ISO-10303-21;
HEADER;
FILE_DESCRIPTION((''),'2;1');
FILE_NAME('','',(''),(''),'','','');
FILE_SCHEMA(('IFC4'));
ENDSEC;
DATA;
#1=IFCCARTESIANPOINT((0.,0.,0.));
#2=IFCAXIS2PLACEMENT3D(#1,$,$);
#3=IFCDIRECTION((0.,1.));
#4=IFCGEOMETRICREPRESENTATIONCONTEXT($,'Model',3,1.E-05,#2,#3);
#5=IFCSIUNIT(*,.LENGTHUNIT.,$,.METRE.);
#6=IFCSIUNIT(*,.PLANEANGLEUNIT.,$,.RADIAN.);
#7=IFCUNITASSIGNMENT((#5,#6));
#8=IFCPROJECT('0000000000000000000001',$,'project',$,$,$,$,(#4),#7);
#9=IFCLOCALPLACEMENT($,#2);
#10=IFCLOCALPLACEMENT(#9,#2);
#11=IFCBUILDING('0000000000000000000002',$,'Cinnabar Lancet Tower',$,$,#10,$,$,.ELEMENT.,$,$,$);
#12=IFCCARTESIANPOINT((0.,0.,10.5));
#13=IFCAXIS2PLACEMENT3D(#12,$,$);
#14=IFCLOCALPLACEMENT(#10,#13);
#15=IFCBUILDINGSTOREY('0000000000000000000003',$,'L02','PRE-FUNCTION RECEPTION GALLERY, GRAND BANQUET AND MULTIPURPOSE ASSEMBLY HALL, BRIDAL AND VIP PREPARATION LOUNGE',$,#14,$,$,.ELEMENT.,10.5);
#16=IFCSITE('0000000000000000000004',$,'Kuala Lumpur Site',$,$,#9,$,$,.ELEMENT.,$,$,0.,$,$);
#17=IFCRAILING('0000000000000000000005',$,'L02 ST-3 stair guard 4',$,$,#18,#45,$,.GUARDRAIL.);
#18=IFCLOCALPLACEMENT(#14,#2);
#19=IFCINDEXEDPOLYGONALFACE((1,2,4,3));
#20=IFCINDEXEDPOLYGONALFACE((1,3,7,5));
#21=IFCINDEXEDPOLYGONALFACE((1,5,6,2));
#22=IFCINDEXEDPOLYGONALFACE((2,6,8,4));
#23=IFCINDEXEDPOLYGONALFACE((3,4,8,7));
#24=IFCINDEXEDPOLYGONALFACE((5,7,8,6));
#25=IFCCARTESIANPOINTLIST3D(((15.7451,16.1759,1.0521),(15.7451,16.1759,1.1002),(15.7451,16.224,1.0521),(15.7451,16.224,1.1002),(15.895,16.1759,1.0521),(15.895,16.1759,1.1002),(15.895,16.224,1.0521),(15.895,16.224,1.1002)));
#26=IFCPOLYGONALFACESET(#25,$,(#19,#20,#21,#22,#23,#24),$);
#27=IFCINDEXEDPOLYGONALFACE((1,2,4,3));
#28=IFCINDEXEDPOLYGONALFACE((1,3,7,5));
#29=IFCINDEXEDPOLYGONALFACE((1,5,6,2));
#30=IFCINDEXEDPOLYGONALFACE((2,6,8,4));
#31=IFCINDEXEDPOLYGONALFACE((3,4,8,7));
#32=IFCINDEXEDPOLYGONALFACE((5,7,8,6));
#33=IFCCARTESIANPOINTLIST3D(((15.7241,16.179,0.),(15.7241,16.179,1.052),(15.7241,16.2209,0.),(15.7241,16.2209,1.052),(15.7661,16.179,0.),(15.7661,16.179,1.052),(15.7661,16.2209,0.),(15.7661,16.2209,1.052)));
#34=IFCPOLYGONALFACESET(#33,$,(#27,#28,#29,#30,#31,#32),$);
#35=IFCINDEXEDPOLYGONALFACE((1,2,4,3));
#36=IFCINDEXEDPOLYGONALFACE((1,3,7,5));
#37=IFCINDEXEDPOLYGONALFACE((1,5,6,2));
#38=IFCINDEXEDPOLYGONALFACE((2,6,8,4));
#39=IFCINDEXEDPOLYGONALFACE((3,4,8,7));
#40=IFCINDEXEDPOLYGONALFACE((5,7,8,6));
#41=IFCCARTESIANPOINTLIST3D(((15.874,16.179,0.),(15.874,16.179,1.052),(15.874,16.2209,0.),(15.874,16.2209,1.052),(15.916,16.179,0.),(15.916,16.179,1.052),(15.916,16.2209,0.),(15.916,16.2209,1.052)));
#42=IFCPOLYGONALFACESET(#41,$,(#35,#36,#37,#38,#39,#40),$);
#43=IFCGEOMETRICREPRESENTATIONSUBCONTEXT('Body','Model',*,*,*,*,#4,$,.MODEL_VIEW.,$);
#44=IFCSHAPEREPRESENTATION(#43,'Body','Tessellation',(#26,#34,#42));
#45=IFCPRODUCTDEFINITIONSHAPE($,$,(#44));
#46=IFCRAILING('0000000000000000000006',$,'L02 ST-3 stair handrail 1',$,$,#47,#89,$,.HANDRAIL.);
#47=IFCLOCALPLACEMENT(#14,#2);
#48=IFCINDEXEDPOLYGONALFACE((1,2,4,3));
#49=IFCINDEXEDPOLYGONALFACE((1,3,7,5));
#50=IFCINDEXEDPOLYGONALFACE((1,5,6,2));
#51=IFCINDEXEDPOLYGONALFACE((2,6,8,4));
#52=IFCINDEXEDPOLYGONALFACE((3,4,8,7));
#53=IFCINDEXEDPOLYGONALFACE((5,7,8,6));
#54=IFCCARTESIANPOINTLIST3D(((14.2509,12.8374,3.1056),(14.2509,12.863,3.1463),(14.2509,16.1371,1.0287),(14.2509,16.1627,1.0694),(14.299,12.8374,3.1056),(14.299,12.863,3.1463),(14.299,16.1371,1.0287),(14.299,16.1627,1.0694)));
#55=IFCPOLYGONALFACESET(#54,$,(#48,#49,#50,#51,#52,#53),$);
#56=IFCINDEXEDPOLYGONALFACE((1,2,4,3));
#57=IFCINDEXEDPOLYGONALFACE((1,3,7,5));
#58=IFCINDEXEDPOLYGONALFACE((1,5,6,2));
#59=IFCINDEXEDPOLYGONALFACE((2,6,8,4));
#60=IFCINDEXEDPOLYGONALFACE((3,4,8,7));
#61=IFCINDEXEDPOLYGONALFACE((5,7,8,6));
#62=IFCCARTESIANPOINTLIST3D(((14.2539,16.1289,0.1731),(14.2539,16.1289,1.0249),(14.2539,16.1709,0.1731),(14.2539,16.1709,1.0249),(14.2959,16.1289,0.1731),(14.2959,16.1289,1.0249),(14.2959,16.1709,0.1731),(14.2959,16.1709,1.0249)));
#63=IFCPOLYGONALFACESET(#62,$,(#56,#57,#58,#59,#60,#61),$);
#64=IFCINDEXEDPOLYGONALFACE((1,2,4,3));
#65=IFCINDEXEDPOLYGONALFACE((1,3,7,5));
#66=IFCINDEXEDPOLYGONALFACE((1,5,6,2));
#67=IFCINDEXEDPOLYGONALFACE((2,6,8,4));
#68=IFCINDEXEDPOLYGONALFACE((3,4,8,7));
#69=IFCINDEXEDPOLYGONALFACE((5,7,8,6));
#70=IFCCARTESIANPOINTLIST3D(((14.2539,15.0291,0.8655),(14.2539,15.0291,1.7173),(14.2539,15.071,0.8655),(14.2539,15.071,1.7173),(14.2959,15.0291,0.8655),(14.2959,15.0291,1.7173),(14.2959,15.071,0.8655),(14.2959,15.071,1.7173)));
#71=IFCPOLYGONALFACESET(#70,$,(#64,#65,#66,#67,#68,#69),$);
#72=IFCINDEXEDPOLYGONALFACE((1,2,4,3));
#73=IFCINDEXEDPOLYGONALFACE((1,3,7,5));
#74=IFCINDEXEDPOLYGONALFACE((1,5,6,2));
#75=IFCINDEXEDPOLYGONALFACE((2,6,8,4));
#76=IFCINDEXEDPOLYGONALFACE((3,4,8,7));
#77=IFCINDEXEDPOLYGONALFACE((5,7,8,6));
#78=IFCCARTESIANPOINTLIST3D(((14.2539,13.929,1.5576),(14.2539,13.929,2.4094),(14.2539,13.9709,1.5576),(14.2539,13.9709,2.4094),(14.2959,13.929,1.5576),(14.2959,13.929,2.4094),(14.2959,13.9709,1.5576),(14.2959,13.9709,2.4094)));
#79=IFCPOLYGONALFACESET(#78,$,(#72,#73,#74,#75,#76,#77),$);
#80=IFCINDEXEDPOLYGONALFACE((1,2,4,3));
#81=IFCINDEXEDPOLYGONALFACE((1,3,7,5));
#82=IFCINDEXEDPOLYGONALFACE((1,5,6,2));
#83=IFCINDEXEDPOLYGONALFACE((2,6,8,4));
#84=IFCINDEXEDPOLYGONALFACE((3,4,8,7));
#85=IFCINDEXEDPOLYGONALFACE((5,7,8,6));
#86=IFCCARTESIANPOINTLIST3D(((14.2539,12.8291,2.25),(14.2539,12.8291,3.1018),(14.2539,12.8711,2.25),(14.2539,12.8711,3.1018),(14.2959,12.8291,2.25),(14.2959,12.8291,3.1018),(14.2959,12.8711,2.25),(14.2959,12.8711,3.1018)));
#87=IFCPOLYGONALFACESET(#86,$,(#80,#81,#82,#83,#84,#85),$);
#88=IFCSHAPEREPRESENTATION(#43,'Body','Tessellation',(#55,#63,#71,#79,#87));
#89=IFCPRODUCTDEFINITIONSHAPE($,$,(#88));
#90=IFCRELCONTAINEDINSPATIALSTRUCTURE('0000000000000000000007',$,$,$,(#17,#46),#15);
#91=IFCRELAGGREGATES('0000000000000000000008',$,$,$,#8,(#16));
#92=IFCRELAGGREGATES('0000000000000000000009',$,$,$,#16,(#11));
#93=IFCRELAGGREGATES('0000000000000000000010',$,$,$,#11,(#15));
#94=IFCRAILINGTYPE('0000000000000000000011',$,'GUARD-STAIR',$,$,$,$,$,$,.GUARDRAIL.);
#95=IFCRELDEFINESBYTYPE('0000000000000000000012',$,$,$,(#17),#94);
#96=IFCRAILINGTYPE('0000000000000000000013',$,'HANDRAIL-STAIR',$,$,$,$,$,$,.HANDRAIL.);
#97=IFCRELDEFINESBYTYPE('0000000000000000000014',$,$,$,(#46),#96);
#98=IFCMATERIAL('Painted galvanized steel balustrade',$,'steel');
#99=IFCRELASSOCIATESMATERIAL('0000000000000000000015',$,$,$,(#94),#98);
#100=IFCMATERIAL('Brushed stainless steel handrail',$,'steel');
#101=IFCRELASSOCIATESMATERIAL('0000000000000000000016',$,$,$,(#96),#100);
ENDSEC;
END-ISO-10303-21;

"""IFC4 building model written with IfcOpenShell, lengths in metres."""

from ifc_helpers import new_model, si_unit, direction, frame, origin, origin_2d, place, context, subcontext, project, spatial, rectangle, extrude, material, type_object, element, save


model = new_model("IFC4")

# Units and contexts
model_context = context("Model", 3, precision=1e-05, world=origin(), true_north=direction((0.0, 1.0)))
body_context = subcontext(model_context, "Body", "Model", "MODEL_VIEW")
ifc_project = project(units=[si_unit("LENGTHUNIT", "METRE"), si_unit("PLANEANGLEUNIT", "RADIAN")], contexts=[model_context])

# Site, building, storey
site_placement = place(None, origin())
site = spatial("IfcSite", under=ifc_project, at=site_placement, Name="Kuala Lumpur Site", CompositionType="ELEMENT", RefElevation=0.0)
building_placement = place(site_placement, origin())
building = spatial("IfcBuilding", under=site, at=building_placement, Name="Cinnabar Lancet Tower", CompositionType="ELEMENT")
storey_placement = place(building_placement, frame((0.0, 0.0, 10.5)))
storey = spatial("IfcBuildingStorey", under=building, at=storey_placement, Name="L02", Description="PRE-FUNCTION RECEPTION GALLERY, GRAND BANQUET AND MULTIPURPOSE ASSEMBLY HALL, BRIDAL AND VIP PREPARATION LOUNGE", CompositionType="ELEMENT", Elevation=10.5)

# Railings
ifc_material_1 = material(Name="Painted galvanized steel balustrade", Category="steel")
railing_type_1 = type_object("IfcRailingType", Name="GUARD-STAIR", PredefinedType="GUARDRAIL", material=ifc_material_1)
for number, where, name in (
    (1, (15.7451, 16.2, 0.0), "L02 ST-3 stair guard 4"),
):
    element("IfcRailing", number, at=place(storey_placement, frame(where)), inside=storey, type_object=railing_type_1, Name=name, PredefinedType="GUARDRAIL", context=body_context, shape_type="SweptSolid", body=[
        extrude(rectangle(XDim=0.0481, YDim=0.0481, at=origin_2d()), frame((0.0, 0.0, 1.0762), z_axis=(1.0, 0.0, 0.0), x_axis=(0.0, 1.0, 0.0)), (0.0, 0.0, 1.0), 0.1499),
        extrude(rectangle(XDim=0.042, YDim=0.042, at=origin_2d()), origin(), (0.0, 0.0, 1.0), 1.052),
        extrude(rectangle(XDim=0.042, YDim=0.042, at=origin_2d()), frame((0.1499, 0.0, 0.0)), (0.0, 0.0, 1.0), 1.052),
    ])
ifc_material_2 = material(Name="Brushed stainless steel handrail", Category="steel")
railing_type_2 = type_object("IfcRailingType", Name="HANDRAIL-STAIR", PredefinedType="HANDRAIL", material=ifc_material_2)
railing_1_placement = place(storey_placement, frame((14.2749, 16.1499, 0.1731)))
element("IfcRailing", 2, at=railing_1_placement, inside=storey, type_object=railing_type_2, Name="L02 ST-3 stair handrail 1", PredefinedType="HANDRAIL", context=body_context, shape_type="SweptSolid", body=[
    extrude(rectangle(XDim=0.0481, YDim=0.0481, at=origin_2d()), frame((0.0, 0.0, 0.876), z_axis=(0.0, -0.84632, 0.532675), x_axis=(1.0, 0.0, 0.0)), (0.0, 0.0, 1.0), 3.8989),
    extrude(rectangle(XDim=0.042, YDim=0.042, at=origin_2d()), origin(), (0.0, 0.0, 1.0), 0.8518),
    extrude(rectangle(XDim=0.042, YDim=0.042, at=origin_2d()), frame((0.0, -1.0999, 0.6924)), (0.0, 0.0, 1.0), 0.8518),
    extrude(rectangle(XDim=0.042, YDim=0.042, at=origin_2d()), frame((0.0, -2.2, 1.3845)), (0.0, 0.0, 1.0), 0.8518),
    extrude(rectangle(XDim=0.042, YDim=0.042, at=origin_2d()), frame((0.0, -3.2998, 2.0769)), (0.0, 0.0, 1.0), 0.8518),
])

save(model, "model.ifc")
